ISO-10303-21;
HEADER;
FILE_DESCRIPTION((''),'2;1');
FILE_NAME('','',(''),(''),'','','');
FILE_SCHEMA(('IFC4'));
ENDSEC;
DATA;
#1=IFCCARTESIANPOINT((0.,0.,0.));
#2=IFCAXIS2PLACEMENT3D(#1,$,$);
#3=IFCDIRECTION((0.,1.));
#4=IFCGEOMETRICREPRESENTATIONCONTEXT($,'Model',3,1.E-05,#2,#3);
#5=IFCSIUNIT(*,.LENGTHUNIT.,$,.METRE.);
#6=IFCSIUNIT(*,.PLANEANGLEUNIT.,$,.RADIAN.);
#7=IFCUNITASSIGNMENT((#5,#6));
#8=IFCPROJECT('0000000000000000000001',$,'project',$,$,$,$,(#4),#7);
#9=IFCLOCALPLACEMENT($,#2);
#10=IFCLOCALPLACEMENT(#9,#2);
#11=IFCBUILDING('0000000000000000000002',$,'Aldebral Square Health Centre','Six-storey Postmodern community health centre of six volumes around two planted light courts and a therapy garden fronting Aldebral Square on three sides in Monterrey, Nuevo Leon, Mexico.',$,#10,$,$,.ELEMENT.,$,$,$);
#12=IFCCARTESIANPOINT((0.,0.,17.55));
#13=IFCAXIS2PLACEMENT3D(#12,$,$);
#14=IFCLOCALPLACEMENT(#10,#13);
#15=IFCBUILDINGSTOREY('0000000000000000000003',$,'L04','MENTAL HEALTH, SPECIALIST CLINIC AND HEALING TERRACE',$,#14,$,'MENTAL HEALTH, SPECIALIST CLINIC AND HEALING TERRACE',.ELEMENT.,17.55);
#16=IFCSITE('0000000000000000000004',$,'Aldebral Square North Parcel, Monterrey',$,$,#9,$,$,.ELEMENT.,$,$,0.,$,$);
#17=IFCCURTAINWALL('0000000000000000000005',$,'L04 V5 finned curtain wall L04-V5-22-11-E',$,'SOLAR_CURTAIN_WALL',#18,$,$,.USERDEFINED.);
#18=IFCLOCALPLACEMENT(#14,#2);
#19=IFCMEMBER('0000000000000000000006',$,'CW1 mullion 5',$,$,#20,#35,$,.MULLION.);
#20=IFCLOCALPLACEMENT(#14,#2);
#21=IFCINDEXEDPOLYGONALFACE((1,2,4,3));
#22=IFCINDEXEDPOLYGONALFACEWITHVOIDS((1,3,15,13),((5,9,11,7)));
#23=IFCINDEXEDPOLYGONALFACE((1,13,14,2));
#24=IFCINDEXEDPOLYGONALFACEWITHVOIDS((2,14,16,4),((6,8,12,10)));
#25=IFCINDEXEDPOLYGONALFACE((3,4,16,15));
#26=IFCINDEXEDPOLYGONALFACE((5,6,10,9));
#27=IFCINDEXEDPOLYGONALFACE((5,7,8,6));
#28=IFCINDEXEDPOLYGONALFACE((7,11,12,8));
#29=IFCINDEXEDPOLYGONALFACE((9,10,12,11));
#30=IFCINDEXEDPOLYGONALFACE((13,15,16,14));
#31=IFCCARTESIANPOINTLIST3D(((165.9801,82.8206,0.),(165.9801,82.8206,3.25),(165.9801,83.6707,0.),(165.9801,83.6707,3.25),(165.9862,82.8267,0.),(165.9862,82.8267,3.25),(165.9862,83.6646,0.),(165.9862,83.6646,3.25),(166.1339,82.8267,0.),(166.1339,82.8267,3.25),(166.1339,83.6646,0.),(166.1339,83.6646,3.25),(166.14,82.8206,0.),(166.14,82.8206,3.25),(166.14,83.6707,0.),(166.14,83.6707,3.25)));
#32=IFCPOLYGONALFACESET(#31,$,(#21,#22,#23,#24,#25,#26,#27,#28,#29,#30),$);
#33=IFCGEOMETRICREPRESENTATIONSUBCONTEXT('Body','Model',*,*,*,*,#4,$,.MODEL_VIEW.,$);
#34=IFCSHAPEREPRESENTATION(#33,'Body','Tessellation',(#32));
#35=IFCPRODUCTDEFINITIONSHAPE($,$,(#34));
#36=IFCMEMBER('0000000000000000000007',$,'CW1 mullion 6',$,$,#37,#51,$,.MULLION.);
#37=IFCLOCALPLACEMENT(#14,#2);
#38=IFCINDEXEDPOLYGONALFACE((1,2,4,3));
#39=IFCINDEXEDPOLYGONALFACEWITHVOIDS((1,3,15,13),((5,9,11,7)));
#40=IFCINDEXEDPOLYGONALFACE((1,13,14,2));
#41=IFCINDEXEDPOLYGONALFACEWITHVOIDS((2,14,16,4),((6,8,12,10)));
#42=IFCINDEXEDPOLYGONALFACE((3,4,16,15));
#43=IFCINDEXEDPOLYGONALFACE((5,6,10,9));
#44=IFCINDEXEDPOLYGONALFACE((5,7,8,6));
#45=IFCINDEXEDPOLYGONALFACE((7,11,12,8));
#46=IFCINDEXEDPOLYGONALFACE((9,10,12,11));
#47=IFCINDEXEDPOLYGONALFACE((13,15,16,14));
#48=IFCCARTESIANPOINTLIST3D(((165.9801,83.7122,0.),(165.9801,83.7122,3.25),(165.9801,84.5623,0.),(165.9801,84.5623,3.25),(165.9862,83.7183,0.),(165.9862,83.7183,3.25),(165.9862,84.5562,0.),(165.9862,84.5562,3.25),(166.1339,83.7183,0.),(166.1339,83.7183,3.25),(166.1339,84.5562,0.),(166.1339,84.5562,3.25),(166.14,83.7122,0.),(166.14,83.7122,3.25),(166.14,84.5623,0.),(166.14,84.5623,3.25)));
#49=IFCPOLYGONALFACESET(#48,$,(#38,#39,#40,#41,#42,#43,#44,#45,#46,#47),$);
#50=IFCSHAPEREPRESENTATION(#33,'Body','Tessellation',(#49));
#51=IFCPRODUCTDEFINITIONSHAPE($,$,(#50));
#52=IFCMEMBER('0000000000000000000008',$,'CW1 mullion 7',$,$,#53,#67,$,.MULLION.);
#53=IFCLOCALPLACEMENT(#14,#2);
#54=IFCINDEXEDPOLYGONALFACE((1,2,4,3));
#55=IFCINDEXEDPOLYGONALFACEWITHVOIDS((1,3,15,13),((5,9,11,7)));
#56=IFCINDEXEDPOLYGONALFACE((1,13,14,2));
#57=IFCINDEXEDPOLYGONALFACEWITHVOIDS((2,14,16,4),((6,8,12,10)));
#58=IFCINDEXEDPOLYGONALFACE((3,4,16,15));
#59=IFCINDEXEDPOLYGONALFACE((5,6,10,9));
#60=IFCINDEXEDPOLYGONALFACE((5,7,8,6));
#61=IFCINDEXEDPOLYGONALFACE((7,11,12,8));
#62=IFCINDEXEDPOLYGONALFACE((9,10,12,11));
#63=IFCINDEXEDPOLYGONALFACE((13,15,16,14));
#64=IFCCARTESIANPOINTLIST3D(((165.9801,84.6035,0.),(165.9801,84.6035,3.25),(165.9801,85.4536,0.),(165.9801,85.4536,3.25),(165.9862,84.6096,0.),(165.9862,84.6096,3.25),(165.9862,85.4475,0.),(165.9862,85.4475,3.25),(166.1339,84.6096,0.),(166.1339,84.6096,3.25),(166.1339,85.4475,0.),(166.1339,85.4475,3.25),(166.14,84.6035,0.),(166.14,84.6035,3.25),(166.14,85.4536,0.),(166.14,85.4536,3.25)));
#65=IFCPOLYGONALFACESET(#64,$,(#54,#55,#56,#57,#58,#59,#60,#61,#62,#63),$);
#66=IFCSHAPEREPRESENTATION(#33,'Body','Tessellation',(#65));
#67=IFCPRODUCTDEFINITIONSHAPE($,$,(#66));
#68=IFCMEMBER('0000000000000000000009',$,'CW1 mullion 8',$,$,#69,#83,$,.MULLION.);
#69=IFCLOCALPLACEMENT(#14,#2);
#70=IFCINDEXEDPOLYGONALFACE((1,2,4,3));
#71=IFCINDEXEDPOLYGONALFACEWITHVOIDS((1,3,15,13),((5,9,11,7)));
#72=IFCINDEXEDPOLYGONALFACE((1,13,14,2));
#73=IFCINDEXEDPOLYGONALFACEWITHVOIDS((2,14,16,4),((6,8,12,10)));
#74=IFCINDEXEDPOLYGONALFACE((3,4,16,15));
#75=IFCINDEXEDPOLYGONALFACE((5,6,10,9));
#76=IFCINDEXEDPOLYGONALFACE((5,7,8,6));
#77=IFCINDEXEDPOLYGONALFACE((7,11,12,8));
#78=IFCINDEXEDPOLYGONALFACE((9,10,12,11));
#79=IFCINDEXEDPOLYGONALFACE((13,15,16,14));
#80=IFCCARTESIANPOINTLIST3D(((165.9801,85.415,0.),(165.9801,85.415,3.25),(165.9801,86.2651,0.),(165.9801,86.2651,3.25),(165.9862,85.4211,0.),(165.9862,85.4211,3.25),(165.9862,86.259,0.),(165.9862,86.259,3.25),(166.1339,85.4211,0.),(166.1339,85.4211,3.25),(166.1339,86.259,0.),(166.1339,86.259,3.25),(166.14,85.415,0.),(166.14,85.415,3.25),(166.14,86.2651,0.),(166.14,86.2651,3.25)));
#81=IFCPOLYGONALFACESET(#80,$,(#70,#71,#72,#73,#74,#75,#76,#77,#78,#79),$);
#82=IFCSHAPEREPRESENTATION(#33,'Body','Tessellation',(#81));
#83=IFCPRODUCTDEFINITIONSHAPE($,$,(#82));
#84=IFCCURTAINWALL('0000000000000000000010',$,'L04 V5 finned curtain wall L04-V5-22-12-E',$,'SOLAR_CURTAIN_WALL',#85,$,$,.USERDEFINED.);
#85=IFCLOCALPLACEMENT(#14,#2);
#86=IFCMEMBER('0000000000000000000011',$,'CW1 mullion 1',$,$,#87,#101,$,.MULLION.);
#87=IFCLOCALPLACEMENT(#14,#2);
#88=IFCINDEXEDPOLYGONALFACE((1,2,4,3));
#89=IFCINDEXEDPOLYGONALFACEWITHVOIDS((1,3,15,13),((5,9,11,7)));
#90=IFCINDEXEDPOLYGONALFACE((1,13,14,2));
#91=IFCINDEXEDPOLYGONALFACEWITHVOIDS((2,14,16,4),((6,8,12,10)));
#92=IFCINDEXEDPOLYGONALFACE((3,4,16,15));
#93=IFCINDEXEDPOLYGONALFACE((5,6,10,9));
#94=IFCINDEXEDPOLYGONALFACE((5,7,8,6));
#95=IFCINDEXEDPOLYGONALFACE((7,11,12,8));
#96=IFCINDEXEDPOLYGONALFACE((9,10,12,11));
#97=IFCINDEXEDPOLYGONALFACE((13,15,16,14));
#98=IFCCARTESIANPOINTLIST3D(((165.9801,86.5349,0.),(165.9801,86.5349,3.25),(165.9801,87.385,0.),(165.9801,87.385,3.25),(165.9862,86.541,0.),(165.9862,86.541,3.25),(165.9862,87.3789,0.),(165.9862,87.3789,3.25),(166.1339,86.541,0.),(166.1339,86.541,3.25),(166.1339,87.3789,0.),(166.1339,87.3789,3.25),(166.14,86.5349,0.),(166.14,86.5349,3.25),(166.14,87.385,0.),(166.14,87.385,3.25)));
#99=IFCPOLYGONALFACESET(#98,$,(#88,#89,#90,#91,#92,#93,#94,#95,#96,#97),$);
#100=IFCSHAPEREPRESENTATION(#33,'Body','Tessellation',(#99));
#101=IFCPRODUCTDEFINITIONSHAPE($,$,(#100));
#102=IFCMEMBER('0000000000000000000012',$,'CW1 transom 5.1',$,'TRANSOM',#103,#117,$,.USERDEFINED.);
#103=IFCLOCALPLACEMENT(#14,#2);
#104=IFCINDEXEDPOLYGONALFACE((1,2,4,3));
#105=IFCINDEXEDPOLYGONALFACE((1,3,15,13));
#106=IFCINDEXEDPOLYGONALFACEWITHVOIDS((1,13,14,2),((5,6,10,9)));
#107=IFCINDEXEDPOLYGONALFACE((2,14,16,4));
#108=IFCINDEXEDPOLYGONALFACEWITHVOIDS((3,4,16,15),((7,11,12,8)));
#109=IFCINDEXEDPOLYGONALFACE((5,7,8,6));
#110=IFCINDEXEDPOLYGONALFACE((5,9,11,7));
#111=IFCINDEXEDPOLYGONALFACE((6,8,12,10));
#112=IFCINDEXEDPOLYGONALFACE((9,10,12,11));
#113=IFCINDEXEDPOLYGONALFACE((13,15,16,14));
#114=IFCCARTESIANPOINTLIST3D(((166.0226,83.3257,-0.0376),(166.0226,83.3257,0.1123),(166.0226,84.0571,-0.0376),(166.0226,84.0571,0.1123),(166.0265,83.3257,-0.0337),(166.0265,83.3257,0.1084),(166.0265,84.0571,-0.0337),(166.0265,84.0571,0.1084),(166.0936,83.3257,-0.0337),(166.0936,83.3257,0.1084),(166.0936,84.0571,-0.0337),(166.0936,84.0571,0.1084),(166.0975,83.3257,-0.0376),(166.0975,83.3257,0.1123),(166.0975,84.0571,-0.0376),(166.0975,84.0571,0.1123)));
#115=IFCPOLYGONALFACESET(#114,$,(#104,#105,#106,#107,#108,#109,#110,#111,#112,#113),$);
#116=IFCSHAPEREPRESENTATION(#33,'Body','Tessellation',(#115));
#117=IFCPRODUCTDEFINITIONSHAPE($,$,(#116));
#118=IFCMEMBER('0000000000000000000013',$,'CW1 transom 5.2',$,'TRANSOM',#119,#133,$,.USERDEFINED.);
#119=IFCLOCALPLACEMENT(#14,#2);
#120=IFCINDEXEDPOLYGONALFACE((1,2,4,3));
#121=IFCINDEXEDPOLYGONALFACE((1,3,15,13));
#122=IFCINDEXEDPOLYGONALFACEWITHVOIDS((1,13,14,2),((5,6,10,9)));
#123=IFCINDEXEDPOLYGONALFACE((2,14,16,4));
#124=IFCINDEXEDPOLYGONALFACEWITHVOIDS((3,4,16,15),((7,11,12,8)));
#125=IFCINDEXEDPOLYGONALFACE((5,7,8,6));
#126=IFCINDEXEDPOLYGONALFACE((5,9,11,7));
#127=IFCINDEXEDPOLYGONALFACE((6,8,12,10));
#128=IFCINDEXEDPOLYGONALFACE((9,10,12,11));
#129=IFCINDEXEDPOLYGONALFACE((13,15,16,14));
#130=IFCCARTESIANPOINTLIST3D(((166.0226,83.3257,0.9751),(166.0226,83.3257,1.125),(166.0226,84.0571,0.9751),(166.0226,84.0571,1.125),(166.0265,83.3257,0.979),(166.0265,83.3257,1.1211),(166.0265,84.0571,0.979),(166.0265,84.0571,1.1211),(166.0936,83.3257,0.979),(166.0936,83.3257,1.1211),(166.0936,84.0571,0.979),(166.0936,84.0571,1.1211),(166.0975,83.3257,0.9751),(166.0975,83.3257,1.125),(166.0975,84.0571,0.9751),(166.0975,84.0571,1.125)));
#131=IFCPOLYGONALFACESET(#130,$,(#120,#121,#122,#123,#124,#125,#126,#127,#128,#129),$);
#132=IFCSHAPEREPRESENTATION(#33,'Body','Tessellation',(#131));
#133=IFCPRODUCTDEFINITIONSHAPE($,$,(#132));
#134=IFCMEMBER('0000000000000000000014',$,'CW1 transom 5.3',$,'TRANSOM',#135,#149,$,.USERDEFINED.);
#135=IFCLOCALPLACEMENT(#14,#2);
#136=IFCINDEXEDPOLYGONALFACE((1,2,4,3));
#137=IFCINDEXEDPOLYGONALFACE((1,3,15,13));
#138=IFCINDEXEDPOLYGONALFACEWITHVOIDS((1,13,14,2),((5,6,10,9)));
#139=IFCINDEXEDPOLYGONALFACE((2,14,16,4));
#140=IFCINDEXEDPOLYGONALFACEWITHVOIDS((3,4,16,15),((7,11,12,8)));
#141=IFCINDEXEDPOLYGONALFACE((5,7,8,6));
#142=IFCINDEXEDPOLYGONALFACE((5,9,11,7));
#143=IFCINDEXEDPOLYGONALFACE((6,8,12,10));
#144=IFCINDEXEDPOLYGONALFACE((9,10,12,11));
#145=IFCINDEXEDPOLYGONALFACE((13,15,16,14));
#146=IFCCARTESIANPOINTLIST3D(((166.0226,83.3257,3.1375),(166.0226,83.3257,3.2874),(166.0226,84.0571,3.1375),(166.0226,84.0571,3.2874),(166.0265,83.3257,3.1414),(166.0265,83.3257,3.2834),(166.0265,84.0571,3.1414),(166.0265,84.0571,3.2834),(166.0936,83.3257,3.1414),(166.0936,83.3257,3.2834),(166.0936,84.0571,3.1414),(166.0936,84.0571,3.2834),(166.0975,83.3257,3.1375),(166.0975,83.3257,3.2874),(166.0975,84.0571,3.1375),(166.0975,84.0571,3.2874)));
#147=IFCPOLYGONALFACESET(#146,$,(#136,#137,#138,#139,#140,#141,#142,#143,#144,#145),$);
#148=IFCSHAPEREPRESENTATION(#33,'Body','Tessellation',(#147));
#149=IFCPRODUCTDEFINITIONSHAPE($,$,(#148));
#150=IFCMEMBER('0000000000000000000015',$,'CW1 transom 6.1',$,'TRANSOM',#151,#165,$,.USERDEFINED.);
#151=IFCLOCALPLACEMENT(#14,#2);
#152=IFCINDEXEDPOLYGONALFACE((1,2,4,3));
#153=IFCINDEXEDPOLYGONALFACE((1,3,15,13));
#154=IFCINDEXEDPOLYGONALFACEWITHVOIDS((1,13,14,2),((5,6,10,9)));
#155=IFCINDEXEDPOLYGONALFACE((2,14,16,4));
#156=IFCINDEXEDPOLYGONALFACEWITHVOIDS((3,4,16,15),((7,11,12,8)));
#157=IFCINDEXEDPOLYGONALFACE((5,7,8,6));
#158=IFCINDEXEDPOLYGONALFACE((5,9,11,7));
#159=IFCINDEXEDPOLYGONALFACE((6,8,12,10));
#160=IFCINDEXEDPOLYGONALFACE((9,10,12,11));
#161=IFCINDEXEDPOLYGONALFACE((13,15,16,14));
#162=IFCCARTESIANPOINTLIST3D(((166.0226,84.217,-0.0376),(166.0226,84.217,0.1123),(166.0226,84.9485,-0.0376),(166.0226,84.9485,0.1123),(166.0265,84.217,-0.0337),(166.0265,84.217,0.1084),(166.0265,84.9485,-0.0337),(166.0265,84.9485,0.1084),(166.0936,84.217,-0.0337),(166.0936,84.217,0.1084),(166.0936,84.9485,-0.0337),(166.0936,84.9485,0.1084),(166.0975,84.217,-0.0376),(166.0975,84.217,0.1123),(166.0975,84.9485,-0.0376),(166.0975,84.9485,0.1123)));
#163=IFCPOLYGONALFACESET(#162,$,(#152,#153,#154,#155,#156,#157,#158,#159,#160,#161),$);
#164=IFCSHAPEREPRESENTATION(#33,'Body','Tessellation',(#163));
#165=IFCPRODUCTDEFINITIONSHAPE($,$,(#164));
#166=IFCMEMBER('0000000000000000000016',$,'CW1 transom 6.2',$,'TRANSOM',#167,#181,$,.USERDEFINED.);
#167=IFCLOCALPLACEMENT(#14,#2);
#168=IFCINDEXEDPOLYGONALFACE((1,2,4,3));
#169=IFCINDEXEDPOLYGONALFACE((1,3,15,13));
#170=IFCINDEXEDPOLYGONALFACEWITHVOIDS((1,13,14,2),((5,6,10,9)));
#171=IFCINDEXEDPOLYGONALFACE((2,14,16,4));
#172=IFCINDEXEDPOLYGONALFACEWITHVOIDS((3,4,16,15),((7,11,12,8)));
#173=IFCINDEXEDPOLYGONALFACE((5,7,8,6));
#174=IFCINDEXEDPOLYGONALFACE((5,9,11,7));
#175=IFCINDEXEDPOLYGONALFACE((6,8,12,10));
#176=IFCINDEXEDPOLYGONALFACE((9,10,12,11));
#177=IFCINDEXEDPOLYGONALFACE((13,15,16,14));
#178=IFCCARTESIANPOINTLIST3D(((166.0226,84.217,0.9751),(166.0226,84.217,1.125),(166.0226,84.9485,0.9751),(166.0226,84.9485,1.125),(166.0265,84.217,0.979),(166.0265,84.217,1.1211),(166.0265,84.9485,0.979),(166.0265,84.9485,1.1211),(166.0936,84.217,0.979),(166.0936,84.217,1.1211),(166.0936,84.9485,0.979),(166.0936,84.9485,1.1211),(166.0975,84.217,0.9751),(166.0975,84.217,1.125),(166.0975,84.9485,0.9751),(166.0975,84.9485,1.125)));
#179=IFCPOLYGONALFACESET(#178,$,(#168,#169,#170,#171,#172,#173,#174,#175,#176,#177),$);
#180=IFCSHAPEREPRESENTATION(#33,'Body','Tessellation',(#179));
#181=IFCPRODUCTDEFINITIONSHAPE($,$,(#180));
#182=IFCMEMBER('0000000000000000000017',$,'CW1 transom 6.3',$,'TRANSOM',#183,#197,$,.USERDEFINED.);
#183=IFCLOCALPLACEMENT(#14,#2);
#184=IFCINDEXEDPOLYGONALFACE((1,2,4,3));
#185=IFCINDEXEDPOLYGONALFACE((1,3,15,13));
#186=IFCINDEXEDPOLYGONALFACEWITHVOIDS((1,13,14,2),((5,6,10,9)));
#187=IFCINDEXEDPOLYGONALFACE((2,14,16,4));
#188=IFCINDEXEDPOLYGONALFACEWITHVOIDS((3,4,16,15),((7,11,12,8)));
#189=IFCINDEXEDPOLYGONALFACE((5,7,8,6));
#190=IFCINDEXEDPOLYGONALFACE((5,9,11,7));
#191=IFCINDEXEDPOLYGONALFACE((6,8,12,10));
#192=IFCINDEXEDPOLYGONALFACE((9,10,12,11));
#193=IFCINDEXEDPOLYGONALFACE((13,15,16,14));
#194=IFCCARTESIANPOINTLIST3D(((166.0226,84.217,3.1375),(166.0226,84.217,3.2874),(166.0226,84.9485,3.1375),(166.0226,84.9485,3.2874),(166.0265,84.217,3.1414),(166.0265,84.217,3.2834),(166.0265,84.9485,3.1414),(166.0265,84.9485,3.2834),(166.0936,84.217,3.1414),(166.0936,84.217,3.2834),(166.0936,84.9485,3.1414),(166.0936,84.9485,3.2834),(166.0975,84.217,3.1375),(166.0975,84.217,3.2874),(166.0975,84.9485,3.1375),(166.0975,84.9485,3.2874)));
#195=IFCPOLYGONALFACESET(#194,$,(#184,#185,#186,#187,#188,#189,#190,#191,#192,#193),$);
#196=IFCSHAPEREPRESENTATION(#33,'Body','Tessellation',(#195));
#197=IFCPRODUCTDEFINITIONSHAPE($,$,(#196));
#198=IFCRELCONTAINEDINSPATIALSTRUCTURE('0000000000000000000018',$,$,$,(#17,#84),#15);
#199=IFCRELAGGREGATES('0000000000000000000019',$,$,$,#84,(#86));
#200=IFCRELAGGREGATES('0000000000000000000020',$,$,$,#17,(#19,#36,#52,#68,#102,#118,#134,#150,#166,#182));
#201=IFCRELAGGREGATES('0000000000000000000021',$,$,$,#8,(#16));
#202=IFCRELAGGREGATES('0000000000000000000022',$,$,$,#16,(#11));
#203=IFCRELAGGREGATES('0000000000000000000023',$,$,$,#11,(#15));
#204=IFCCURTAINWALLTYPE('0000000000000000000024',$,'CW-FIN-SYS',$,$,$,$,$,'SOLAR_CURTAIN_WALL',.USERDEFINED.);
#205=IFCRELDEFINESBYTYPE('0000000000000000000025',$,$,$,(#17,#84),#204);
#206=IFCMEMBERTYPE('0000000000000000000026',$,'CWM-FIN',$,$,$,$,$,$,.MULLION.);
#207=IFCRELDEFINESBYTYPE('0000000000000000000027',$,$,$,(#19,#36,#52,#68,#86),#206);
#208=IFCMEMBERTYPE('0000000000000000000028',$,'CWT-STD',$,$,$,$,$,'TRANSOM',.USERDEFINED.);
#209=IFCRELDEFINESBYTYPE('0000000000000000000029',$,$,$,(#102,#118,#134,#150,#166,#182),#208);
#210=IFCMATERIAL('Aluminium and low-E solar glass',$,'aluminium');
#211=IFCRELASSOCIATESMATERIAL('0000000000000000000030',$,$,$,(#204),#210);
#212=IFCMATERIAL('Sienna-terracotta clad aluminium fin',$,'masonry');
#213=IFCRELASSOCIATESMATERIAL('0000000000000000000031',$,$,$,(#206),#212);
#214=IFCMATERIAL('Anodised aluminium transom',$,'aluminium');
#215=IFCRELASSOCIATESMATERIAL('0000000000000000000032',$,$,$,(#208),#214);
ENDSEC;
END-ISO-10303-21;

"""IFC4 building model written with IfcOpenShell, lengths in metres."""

from ifc_helpers import new_model, si_unit, direction, frame, origin, origin_2d, place, context, subcontext, project, spatial, hollow_rectangle, extrude, material, material_profile, profile_set, type_object, element, aggregate, save


model = new_model("IFC4")

# Units and contexts
model_context = context("Model", 3, precision=1e-05, world=origin(), true_north=direction((0.0, 1.0)))
body_context = subcontext(model_context, "Body", "Model", "MODEL_VIEW")
ifc_project = project(units=[si_unit("LENGTHUNIT", "METRE"), si_unit("PLANEANGLEUNIT", "RADIAN")], contexts=[model_context])

# Site, building, storey
site_placement = place(None, origin())
site = spatial("IfcSite", under=ifc_project, at=site_placement, Name="Aldebral Square North Parcel, Monterrey", CompositionType="ELEMENT", RefElevation=0.0)
building_placement = place(site_placement, origin())
building = spatial("IfcBuilding", under=site, at=building_placement, Name="Aldebral Square Health Centre", Description="Six-storey Postmodern community health centre of six volumes around two planted light courts and a therapy garden fronting Aldebral Square on three sides in Monterrey, Nuevo Leon, Mexico.", CompositionType="ELEMENT")
storey_placement = place(building_placement, frame((0.0, 0.0, 17.55)))
storey = spatial("IfcBuildingStorey", under=building, at=storey_placement, Name="L04", Description="MENTAL HEALTH, SPECIALIST CLINIC AND HEALING TERRACE", LongName="MENTAL HEALTH, SPECIALIST CLINIC AND HEALING TERRACE", CompositionType="ELEMENT", Elevation=17.55)

# Curtain wall, members
ifc_material_1 = material(Name="Aluminium and low-E solar glass", Category="aluminium")
curtain_wall_type = type_object("IfcCurtainWallType", Name="CW-FIN-SYS", ElementType="SOLAR_CURTAIN_WALL", PredefinedType="USERDEFINED", material=ifc_material_1)
curtain_wall_1_placement = place(storey_placement, origin())
curtain_wall_1 = element("IfcCurtainWall", 1, at=curtain_wall_1_placement, inside=storey, type_object=curtain_wall_type, Name="L04 V5 finned curtain wall L04-V5-22-11-E", ObjectType="SOLAR_CURTAIN_WALL", PredefinedType="USERDEFINED")
ifc_material_2 = material(Name="Sienna-terracotta clad aluminium fin", Category="masonry")
ifc_material_profile_1 = material_profile(ifc_material_2, hollow_rectangle(XDim=0.1599, YDim=0.8501, WallThickness=0.0061, at=origin_2d()), Name="FIN 160x850x6")
ifc_profile_set_1 = profile_set([ifc_material_profile_1], Name="Sienna-terracotta clad aluminium fin")
member_type_1 = type_object("IfcMemberType", Name="CWM-FIN", PredefinedType="MULLION", material=ifc_profile_set_1)
member_1_placement = place(storey_placement, frame((166.0601, 83.2456, 0.0), z_axis=(0.0, 0.0, 1.0), x_axis=(-1.0, 0.0, 0.0)))
member_1 = element("IfcMember", 2, at=member_1_placement, type_object=member_type_1, Name="CW1 mullion 5", PredefinedType="MULLION", context=body_context, shape_type="SweptSolid", body=[
    extrude(hollow_rectangle(XDim=0.1599, YDim=0.8501, WallThickness=0.0061, at=origin_2d()), origin(), (0.0, 0.0, 1.0), 3.25),
])
member_2_placement = place(storey_placement, frame((166.0601, 84.1372, 0.0), z_axis=(0.0, 0.0, 1.0), x_axis=(-1.0, 0.0, 0.0)))
member_2 = element("IfcMember", 3, at=member_2_placement, type_object=member_type_1, Name="CW1 mullion 6", PredefinedType="MULLION", context=body_context, shape_type="SweptSolid", body=[
    extrude(hollow_rectangle(XDim=0.1599, YDim=0.8501, WallThickness=0.0061, at=origin_2d()), origin(), (0.0, 0.0, 1.0), 3.25),
])
member_3_placement = place(storey_placement, frame((166.0601, 85.0286, 0.0), z_axis=(0.0, 0.0, 1.0), x_axis=(-1.0, 0.0, 0.0)))
member_3 = element("IfcMember", 4, at=member_3_placement, type_object=member_type_1, Name="CW1 mullion 7", PredefinedType="MULLION", context=body_context, shape_type="SweptSolid", body=[
    extrude(hollow_rectangle(XDim=0.1599, YDim=0.8501, WallThickness=0.0061, at=origin_2d()), origin(), (0.0, 0.0, 1.0), 3.25),
])
member_4_placement = place(storey_placement, frame((166.0601, 85.8401, 0.0), z_axis=(0.0, 0.0, 1.0), x_axis=(-1.0, 0.0, 0.0)))
member_4 = element("IfcMember", 5, at=member_4_placement, type_object=member_type_1, Name="CW1 mullion 8", PredefinedType="MULLION", context=body_context, shape_type="SweptSolid", body=[
    extrude(hollow_rectangle(XDim=0.1599, YDim=0.8501, WallThickness=0.0061, at=origin_2d()), origin(), (0.0, 0.0, 1.0), 3.25),
])

# Curtain wall, member
curtain_wall_2_placement = place(storey_placement, origin())
curtain_wall_2 = element("IfcCurtainWall", 6, at=curtain_wall_2_placement, inside=storey, type_object=curtain_wall_type, Name="L04 V5 finned curtain wall L04-V5-22-12-E", ObjectType="SOLAR_CURTAIN_WALL", PredefinedType="USERDEFINED")
member_5_placement = place(storey_placement, frame((166.0601, 86.96, 0.0), z_axis=(0.0, 0.0, 1.0), x_axis=(-1.0, 0.0, 0.0)))
member_5 = element("IfcMember", 7, at=member_5_placement, type_object=member_type_1, Name="CW1 mullion 1", PredefinedType="MULLION", context=body_context, shape_type="SweptSolid", body=[
    extrude(hollow_rectangle(XDim=0.1599, YDim=0.8501, WallThickness=0.0061, at=origin_2d()), origin(), (0.0, 0.0, 1.0), 3.25),
])

# Members
ifc_material_3 = material(Name="Anodised aluminium transom", Category="aluminium")
ifc_material_profile_2 = material_profile(ifc_material_3, hollow_rectangle(XDim=0.075, YDim=0.1499, WallThickness=0.0039, at=origin_2d()), Name="CWT 75x150x4")
ifc_profile_set_2 = profile_set([ifc_material_profile_2], Name="Anodised aluminium transom")
member_type_2 = type_object("IfcMemberType", Name="CWT-STD", ElementType="TRANSOM", PredefinedType="USERDEFINED", material=ifc_profile_set_2)
member_6_placement = place(storey_placement, frame((166.0601, 83.3257, 0.0374), z_axis=(0.0, 1.0, 0.0), x_axis=(-1.0, 0.0, 0.0)))
member_6 = element("IfcMember", 8, at=member_6_placement, type_object=member_type_2, Name="CW1 transom 5.1", ObjectType="TRANSOM", PredefinedType="USERDEFINED", context=body_context, shape_type="SweptSolid", body=[
    extrude(hollow_rectangle(XDim=0.075, YDim=0.1499, WallThickness=0.0039, at=origin_2d()), origin(), (0.0, 0.0, 1.0), 0.7314),
])
member_7_placement = place(storey_placement, frame((166.0601, 83.3257, 1.05), z_axis=(0.0, 1.0, 0.0), x_axis=(-1.0, 0.0, 0.0)))
member_7 = element("IfcMember", 9, at=member_7_placement, type_object=member_type_2, Name="CW1 transom 5.2", ObjectType="TRANSOM", PredefinedType="USERDEFINED", context=body_context, shape_type="SweptSolid", body=[
    extrude(hollow_rectangle(XDim=0.075, YDim=0.1499, WallThickness=0.0039, at=origin_2d()), origin(), (0.0, 0.0, 1.0), 0.7314),
])
member_8_placement = place(storey_placement, frame((166.0601, 83.3257, 3.2124), z_axis=(0.0, 1.0, 0.0), x_axis=(-1.0, 0.0, 0.0)))
member_8 = element("IfcMember", 10, at=member_8_placement, type_object=member_type_2, Name="CW1 transom 5.3", ObjectType="TRANSOM", PredefinedType="USERDEFINED", context=body_context, shape_type="SweptSolid", body=[
    extrude(hollow_rectangle(XDim=0.075, YDim=0.1499, WallThickness=0.0039, at=origin_2d()), origin(), (0.0, 0.0, 1.0), 0.7314),
])
member_9_placement = place(storey_placement, frame((166.0601, 84.217, 0.0374), z_axis=(0.0, 1.0, 0.0), x_axis=(-1.0, 0.0, 0.0)))
member_9 = element("IfcMember", 11, at=member_9_placement, type_object=member_type_2, Name="CW1 transom 6.1", ObjectType="TRANSOM", PredefinedType="USERDEFINED", context=body_context, shape_type="SweptSolid", body=[
    extrude(hollow_rectangle(XDim=0.075, YDim=0.1499, WallThickness=0.0039, at=origin_2d()), origin(), (0.0, 0.0, 1.0), 0.7314),
])
member_10_placement = place(storey_placement, frame((166.0601, 84.217, 1.05), z_axis=(0.0, 1.0, 0.0), x_axis=(-1.0, 0.0, 0.0)))
member_10 = element("IfcMember", 12, at=member_10_placement, type_object=member_type_2, Name="CW1 transom 6.2", ObjectType="TRANSOM", PredefinedType="USERDEFINED", context=body_context, shape_type="SweptSolid", body=[
    extrude(hollow_rectangle(XDim=0.075, YDim=0.1499, WallThickness=0.0039, at=origin_2d()), origin(), (0.0, 0.0, 1.0), 0.7314),
])
member_11_placement = place(storey_placement, frame((166.0601, 84.217, 3.2124), z_axis=(0.0, 1.0, 0.0), x_axis=(-1.0, 0.0, 0.0)))
member_11 = element("IfcMember", 13, at=member_11_placement, type_object=member_type_2, Name="CW1 transom 6.3", ObjectType="TRANSOM", PredefinedType="USERDEFINED", context=body_context, shape_type="SweptSolid", body=[
    extrude(hollow_rectangle(XDim=0.075, YDim=0.1499, WallThickness=0.0039, at=origin_2d()), origin(), (0.0, 0.0, 1.0), 0.7314),
])
aggregate(curtain_wall_2, [member_5])

aggregate(curtain_wall_1, [member_1, member_2, member_3, member_4, member_6, member_7, member_8, member_9, member_10, member_11])

save(model, "model.ifc")
